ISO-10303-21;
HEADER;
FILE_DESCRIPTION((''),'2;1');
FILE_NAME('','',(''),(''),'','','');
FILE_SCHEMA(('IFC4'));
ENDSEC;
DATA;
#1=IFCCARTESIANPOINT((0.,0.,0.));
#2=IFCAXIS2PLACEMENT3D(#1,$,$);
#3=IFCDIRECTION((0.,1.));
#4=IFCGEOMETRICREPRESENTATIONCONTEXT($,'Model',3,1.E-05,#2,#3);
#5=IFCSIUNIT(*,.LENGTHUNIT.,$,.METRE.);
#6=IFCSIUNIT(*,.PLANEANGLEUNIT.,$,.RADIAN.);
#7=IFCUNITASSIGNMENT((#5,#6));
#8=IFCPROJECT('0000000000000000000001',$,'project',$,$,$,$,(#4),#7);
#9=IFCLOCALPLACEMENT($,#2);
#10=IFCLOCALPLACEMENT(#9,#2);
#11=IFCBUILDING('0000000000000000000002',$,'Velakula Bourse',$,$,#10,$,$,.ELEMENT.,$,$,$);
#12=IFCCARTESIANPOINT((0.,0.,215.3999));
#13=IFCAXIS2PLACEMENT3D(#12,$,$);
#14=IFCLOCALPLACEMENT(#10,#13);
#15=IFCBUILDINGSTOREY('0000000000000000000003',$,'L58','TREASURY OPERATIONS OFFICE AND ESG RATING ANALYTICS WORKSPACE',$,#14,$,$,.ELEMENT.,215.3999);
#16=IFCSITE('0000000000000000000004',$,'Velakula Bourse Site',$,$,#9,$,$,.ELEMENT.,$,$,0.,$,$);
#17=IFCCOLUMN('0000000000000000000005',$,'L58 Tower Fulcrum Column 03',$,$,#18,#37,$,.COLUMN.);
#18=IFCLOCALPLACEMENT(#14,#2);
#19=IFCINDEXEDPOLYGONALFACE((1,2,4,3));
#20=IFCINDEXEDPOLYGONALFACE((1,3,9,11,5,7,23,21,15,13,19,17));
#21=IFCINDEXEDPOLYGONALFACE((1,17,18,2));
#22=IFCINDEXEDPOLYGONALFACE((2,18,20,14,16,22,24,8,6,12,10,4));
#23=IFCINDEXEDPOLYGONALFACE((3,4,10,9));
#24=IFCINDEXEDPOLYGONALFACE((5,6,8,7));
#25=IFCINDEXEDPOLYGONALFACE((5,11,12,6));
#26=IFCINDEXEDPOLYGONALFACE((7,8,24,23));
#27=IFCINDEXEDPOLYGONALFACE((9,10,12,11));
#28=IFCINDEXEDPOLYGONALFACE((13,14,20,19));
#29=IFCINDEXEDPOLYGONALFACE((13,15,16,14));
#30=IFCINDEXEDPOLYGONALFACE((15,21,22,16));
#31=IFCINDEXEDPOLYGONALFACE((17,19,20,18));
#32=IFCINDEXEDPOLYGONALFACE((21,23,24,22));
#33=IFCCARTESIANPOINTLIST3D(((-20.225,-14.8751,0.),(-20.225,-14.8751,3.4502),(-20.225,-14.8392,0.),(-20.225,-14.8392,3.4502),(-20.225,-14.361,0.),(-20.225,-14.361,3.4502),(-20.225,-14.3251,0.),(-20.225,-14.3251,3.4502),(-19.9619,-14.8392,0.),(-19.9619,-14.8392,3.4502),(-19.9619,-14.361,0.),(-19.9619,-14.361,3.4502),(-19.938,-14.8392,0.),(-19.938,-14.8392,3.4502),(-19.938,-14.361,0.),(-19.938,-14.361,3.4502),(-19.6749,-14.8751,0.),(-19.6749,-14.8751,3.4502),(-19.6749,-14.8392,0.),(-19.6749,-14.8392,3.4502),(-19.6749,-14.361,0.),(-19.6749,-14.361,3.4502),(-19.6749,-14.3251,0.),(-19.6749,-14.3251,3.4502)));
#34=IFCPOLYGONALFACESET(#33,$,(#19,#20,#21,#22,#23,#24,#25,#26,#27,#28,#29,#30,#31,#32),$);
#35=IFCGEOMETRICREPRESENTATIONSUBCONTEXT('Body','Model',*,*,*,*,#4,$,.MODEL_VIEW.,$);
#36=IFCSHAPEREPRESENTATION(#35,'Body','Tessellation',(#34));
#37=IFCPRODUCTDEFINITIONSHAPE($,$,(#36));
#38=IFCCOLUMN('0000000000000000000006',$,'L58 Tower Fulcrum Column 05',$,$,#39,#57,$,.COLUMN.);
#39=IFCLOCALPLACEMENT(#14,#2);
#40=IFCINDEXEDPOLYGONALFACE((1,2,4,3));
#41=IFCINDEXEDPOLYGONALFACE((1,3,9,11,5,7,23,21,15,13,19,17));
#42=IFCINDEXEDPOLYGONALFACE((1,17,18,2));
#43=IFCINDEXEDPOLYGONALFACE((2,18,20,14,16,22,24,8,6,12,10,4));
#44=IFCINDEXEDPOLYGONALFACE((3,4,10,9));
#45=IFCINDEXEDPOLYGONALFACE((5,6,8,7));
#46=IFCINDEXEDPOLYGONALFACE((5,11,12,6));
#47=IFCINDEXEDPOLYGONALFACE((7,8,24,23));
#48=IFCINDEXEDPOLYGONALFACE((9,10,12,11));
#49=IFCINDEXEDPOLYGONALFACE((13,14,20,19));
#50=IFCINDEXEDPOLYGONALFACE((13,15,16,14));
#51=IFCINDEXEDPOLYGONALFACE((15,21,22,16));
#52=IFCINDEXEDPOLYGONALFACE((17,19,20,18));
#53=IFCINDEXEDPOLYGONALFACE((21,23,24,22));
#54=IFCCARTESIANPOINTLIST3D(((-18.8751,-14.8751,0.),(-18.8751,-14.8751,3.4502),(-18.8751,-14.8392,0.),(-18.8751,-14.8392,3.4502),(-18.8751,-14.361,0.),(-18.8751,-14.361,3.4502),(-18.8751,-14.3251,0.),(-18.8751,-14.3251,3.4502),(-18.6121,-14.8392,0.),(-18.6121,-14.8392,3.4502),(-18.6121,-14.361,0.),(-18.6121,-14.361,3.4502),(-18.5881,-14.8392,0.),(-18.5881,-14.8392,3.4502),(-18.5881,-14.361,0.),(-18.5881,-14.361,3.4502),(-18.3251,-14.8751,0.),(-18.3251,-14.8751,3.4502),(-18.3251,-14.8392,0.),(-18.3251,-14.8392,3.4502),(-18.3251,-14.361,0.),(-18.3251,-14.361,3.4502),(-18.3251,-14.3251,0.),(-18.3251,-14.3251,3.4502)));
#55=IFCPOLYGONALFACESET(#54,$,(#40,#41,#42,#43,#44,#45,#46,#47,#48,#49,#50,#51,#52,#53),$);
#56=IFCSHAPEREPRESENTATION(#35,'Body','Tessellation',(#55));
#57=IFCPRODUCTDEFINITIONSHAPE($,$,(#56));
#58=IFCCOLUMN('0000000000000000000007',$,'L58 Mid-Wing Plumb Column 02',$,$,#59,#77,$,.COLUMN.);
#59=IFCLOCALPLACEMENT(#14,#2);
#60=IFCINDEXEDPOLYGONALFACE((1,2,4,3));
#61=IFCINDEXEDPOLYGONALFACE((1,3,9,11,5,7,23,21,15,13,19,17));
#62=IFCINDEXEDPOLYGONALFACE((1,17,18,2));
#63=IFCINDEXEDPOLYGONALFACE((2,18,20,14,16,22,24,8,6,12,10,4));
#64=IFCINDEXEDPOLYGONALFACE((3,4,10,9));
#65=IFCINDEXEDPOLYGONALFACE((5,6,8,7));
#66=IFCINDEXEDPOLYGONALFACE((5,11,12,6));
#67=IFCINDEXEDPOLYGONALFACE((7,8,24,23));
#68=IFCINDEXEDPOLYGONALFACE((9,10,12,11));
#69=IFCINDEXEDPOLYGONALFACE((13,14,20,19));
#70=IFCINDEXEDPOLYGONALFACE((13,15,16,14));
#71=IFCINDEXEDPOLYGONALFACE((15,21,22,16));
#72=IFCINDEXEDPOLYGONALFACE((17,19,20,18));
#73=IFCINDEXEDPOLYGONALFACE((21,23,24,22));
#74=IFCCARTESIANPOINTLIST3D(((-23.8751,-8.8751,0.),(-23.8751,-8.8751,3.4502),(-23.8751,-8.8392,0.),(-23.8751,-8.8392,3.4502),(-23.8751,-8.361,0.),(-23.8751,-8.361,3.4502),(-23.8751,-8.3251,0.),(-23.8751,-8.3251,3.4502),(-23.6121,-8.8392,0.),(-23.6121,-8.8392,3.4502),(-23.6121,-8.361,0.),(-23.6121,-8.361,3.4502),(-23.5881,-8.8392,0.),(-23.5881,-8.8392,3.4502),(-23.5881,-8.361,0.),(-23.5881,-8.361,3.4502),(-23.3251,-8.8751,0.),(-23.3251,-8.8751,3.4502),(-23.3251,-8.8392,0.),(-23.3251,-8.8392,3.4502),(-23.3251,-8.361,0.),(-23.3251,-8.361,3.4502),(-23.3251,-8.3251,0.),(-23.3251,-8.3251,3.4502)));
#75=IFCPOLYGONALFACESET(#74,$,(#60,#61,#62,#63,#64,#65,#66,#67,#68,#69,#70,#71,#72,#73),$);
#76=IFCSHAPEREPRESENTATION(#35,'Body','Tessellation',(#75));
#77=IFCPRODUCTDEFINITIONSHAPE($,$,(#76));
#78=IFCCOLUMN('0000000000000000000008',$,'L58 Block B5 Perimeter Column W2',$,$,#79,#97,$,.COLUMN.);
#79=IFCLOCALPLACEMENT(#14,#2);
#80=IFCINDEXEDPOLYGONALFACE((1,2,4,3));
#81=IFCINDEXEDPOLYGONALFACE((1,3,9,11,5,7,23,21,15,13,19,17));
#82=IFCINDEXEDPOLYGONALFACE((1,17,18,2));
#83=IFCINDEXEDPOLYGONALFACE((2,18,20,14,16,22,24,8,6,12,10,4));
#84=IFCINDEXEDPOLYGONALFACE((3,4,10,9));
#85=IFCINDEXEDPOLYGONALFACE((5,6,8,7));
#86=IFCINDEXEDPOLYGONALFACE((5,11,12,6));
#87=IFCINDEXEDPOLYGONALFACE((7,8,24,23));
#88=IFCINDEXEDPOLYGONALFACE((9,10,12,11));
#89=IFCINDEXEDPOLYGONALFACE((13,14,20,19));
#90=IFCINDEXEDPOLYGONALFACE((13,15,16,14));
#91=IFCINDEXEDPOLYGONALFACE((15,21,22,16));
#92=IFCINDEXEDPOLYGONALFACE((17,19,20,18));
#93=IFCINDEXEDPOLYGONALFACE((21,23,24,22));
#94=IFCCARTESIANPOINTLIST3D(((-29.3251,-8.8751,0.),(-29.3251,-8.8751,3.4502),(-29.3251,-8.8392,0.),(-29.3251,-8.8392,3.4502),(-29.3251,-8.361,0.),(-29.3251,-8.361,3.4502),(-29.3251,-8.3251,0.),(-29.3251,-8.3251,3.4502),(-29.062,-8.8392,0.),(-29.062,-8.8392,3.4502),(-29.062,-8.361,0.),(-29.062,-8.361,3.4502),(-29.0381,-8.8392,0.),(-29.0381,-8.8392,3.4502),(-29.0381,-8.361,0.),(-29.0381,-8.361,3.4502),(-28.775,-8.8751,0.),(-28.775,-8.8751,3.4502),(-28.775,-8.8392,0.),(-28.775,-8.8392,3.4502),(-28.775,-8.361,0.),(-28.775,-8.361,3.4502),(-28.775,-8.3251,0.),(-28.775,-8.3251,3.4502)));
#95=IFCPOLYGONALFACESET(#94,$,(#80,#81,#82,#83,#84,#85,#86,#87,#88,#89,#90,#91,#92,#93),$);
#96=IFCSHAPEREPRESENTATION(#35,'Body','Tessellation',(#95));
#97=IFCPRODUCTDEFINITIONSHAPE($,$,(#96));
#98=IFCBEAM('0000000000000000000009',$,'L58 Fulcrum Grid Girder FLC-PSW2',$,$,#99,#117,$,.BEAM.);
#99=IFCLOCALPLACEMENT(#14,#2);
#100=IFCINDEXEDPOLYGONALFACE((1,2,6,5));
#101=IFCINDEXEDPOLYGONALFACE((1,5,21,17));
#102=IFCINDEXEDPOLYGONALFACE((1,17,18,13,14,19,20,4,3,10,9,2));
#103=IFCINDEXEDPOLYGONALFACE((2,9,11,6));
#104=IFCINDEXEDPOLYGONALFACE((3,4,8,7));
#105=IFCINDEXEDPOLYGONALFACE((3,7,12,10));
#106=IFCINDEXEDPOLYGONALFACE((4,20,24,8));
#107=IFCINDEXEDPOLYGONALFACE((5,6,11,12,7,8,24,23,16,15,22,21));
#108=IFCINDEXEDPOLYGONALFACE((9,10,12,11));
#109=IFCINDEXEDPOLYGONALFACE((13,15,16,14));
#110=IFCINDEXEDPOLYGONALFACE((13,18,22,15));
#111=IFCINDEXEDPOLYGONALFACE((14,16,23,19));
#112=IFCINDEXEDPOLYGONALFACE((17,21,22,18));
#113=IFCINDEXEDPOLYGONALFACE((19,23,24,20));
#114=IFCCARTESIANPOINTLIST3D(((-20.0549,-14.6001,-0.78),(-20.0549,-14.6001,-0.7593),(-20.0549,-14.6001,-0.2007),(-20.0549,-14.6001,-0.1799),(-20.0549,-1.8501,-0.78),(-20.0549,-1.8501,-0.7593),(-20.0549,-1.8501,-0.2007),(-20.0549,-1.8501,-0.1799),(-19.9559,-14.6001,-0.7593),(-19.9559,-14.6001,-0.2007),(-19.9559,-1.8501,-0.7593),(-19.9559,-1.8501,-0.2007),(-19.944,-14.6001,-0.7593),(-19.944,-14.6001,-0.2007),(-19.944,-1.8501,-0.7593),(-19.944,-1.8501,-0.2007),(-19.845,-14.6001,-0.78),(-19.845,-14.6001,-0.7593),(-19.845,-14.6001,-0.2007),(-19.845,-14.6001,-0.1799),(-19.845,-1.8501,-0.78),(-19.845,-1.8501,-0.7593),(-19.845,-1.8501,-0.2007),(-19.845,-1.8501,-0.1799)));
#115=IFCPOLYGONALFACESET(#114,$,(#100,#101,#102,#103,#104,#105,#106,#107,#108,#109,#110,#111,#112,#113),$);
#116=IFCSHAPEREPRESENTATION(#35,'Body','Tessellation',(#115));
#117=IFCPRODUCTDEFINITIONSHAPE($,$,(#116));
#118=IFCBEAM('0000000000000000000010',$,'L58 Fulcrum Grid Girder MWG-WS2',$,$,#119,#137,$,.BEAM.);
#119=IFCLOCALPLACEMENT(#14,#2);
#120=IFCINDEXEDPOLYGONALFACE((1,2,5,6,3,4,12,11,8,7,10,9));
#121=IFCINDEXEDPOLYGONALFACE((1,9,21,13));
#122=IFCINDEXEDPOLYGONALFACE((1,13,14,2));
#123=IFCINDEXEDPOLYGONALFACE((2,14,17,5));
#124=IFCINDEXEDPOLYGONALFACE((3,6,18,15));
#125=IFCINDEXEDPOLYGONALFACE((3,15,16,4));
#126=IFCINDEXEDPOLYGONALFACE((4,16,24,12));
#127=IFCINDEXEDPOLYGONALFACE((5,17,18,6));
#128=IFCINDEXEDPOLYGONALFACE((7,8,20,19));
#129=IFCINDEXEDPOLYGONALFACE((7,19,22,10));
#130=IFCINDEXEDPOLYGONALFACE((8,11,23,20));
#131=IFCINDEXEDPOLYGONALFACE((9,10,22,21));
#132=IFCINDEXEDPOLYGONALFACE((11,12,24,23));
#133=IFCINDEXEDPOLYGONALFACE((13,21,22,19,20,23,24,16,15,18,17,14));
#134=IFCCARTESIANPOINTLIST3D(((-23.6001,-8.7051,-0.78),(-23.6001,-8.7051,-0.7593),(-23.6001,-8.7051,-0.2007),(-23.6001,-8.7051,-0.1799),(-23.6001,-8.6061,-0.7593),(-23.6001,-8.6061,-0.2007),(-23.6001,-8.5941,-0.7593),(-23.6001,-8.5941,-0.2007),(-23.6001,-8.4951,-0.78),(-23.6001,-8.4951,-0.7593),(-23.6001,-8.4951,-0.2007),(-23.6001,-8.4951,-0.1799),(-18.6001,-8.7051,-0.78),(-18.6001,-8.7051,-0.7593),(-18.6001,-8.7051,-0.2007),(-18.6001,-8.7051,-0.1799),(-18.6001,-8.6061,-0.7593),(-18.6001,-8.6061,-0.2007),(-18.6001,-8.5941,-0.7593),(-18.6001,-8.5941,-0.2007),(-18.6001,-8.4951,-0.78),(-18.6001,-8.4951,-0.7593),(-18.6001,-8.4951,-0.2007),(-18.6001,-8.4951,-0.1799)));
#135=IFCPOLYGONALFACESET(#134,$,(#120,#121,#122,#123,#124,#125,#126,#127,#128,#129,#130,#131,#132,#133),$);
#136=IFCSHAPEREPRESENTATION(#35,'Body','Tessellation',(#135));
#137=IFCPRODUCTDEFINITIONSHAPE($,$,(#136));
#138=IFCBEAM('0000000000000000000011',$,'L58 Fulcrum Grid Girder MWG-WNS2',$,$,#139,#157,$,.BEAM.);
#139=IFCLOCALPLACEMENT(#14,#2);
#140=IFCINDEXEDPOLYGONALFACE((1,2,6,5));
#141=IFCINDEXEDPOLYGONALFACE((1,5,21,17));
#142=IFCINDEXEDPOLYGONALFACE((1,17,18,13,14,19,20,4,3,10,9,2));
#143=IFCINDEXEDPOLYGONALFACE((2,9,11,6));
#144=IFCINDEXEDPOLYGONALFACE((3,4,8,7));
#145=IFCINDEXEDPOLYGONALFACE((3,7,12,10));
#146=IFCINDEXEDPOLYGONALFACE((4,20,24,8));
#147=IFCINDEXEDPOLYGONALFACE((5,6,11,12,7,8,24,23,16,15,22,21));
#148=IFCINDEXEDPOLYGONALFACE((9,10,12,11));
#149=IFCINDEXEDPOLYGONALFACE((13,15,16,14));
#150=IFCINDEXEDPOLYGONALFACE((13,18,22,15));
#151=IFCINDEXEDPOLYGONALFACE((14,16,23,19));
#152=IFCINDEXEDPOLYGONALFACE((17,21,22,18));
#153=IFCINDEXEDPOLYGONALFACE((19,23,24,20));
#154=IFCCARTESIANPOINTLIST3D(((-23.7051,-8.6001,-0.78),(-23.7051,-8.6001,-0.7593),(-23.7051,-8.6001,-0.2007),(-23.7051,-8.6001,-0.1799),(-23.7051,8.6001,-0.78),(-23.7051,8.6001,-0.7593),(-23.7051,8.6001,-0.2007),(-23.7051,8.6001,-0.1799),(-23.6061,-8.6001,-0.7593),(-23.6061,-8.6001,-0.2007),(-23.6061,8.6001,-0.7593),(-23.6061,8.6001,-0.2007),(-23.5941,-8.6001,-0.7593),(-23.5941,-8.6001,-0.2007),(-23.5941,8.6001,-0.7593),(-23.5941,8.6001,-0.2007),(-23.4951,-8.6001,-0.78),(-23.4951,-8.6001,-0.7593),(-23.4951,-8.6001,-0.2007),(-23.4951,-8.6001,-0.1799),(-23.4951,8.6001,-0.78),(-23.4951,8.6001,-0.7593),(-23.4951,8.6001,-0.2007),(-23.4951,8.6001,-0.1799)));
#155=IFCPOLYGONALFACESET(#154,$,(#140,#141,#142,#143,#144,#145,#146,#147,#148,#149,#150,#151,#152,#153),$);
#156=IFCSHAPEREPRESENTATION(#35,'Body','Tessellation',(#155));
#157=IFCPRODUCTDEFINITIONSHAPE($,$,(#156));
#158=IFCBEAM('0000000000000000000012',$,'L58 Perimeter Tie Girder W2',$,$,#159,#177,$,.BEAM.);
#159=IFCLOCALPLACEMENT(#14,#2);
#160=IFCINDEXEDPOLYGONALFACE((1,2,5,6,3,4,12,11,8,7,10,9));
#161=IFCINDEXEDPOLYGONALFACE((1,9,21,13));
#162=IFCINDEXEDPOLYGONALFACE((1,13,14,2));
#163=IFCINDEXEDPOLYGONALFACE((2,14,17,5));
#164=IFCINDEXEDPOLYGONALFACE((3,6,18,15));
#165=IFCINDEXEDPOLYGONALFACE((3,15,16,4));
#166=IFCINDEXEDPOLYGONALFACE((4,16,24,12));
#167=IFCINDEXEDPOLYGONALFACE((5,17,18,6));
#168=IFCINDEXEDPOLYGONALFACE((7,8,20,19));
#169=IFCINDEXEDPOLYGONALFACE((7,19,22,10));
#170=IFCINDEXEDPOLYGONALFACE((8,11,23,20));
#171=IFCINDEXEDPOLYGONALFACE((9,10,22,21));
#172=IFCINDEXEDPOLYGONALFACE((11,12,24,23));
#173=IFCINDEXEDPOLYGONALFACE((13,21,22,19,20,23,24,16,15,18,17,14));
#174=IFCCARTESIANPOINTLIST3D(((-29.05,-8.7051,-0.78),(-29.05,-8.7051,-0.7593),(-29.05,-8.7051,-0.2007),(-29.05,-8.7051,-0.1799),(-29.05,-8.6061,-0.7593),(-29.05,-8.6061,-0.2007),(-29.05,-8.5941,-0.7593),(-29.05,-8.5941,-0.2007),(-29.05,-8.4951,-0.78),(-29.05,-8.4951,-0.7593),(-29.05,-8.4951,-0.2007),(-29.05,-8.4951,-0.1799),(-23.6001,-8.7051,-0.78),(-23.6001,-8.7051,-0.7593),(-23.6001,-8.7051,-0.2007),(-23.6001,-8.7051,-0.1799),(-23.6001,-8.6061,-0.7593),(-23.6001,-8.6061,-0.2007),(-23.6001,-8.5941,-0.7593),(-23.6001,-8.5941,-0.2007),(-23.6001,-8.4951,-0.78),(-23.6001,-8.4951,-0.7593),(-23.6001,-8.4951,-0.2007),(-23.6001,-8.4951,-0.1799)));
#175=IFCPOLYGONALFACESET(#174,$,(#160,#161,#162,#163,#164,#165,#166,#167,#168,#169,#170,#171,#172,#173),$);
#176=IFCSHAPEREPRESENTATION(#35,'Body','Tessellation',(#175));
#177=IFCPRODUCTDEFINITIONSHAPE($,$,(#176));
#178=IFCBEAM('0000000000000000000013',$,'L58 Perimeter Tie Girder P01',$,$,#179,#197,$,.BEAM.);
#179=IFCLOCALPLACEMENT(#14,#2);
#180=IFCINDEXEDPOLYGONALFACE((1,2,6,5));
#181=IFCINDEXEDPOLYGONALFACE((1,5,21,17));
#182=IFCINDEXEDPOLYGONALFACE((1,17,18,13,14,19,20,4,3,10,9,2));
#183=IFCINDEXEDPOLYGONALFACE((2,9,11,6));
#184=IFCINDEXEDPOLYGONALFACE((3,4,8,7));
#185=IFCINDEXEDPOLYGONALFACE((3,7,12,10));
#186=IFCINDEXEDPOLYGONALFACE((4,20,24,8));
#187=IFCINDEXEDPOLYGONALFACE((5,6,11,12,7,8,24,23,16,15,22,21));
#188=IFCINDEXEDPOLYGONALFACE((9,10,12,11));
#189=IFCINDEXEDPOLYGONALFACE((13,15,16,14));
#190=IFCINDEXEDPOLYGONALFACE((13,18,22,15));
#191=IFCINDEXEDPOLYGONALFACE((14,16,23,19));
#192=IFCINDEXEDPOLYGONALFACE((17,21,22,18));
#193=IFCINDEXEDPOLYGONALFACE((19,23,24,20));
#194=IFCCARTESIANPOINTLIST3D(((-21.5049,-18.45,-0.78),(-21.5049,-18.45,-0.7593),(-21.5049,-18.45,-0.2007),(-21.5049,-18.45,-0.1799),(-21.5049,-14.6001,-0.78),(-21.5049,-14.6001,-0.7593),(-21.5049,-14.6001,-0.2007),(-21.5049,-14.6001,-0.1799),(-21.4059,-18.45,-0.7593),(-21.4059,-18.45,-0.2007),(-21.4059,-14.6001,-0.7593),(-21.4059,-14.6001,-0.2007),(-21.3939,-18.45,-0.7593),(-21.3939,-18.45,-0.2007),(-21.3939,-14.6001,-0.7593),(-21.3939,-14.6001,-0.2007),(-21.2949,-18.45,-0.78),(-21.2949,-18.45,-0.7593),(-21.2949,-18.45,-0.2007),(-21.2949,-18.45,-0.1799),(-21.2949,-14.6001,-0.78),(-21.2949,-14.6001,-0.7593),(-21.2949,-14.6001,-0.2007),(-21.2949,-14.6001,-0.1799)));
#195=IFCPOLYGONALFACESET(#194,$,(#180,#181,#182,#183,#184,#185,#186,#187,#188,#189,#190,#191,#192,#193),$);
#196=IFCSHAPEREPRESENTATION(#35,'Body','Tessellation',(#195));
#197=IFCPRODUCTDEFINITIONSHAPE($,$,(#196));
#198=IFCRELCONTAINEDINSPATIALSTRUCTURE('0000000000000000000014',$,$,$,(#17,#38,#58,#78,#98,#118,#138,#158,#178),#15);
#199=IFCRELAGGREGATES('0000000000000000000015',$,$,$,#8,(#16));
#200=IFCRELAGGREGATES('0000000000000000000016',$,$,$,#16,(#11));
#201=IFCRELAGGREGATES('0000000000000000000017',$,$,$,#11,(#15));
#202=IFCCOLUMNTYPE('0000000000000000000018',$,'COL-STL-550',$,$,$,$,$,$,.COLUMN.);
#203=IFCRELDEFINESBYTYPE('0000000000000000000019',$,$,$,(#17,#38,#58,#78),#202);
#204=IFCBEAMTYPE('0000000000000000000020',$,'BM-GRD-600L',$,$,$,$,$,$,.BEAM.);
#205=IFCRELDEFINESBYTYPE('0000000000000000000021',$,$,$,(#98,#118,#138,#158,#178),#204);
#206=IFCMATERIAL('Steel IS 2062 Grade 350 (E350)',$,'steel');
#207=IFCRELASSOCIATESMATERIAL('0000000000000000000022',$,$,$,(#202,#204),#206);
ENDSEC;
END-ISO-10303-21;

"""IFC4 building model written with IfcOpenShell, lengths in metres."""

from ifc_helpers import new_model, si_unit, direction, frame, origin, origin_2d, place, context, subcontext, project, spatial, i_section, extrude, material, material_profile, profile_set, type_object, element, save


model = new_model("IFC4")

# Units and contexts
model_context = context("Model", 3, precision=1e-05, world=origin(), true_north=direction((0.0, 1.0)))
body_context = subcontext(model_context, "Body", "Model", "MODEL_VIEW")
ifc_project = project(units=[si_unit("LENGTHUNIT", "METRE"), si_unit("PLANEANGLEUNIT", "RADIAN")], contexts=[model_context])

# Site, building, storey
site_placement = place(None, origin())
site = spatial("IfcSite", under=ifc_project, at=site_placement, Name="Velakula Bourse Site", CompositionType="ELEMENT", RefElevation=0.0)
building_placement = place(site_placement, origin())
building = spatial("IfcBuilding", under=site, at=building_placement, Name="Velakula Bourse", CompositionType="ELEMENT")
storey_placement = place(building_placement, frame((0.0, 0.0, 215.3999)))
storey = spatial("IfcBuildingStorey", under=building, at=storey_placement, Name="L58", Description="TREASURY OPERATIONS OFFICE AND ESG RATING ANALYTICS WORKSPACE", CompositionType="ELEMENT", Elevation=215.3999)

# Columns
ifc_material_1 = material(Name="Steel IS 2062 Grade 350 (E350)", Category="steel")
ifc_material_profile_1 = material_profile(ifc_material_1, i_section(OverallWidth=0.55, OverallDepth=0.55, WebThickness=0.0239, FlangeThickness=0.0359, at=origin_2d()), Name="Steel IS 2062 Grade 350 (E350)")
ifc_profile_set_1 = profile_set([ifc_material_profile_1], Name="Steel IS 2062 Grade 350 (E350)")
column_type = type_object("IfcColumnType", Name="COL-STL-550", PredefinedType="COLUMN", material=ifc_profile_set_1)
for number, where, z_axis, x_axis, name in (
    (1, (-19.95, -14.6001, 0.0), (0.0, 0.0, 1.0), (1.0, 0.0, 0.0), "L58 Tower Fulcrum Column 03"),
    (2, (-18.6001, -14.6001, 0.0), (0.0, 0.0, 1.0), (1.0, 0.0, 0.0), "L58 Tower Fulcrum Column 05"),
    (3, (-23.6001, -8.6001, 0.0), (0.0, 0.0, 1.0), (1.0, 0.0, 0.0), "L58 Mid-Wing Plumb Column 02"),
    (4, (-29.05, -8.6001, 0.0), (0.0, 0.0, 1.0), (1.0, 0.0, 0.0), "L58 Block B5 Perimeter Column W2"),
):
    element("IfcColumn", number, at=place(storey_placement, frame(where, z_axis=z_axis, x_axis=x_axis)), inside=storey, type_object=column_type, Name=name, PredefinedType="COLUMN", context=body_context, shape_type="SweptSolid", body=[
        extrude(i_section(OverallWidth=0.55, OverallDepth=0.55, WebThickness=0.0239, FlangeThickness=0.0359, at=origin_2d()), origin(), (0.0, 0.0, 1.0), 3.4502),
    ])

# Beams
ifc_material_profile_2 = material_profile(ifc_material_1, i_section(OverallWidth=0.21, OverallDepth=0.6001, WebThickness=0.012, FlangeThickness=0.0208, at=origin_2d()), Name="Steel IS 2062 Grade 350 (E350)")
ifc_profile_set_2 = profile_set([ifc_material_profile_2], Name="Steel IS 2062 Grade 350 (E350)")
beam_type_1 = type_object("IfcBeamType", Name="BM-GRD-600L", PredefinedType="BEAM", material=ifc_profile_set_2)
beam_1_placement = place(storey_placement, frame((-19.95, -14.6001, -0.48), z_axis=(0.0, 1.0, 0.0), x_axis=(-1.0, 0.0, 0.0)))
element("IfcBeam", 5, at=beam_1_placement, inside=storey, type_object=beam_type_1, Name="L58 Fulcrum Grid Girder FLC-PSW2", PredefinedType="BEAM", context=body_context, shape_type="SweptSolid", body=[
    extrude(i_section(OverallWidth=0.21, OverallDepth=0.6001, WebThickness=0.012, FlangeThickness=0.0208, at=origin_2d()), origin(), (0.0, 0.0, 1.0), 12.75),
])
beam_2_placement = place(storey_placement, frame((-23.6001, -8.6001, -0.48), z_axis=(1.0, 0.0, 0.0), x_axis=(0.0, 1.0, 0.0)))
element("IfcBeam", 6, at=beam_2_placement, inside=storey, type_object=beam_type_1, Name="L58 Fulcrum Grid Girder MWG-WS2", PredefinedType="BEAM", context=body_context, shape_type="SweptSolid", body=[
    extrude(i_section(OverallWidth=0.21, OverallDepth=0.6001, WebThickness=0.012, FlangeThickness=0.0208, at=origin_2d()), origin(), (0.0, 0.0, 1.0), 5.0),
])
beam_3_placement = place(storey_placement, frame((-23.6001, -8.6001, -0.48), z_axis=(0.0, 1.0, 0.0), x_axis=(-1.0, 0.0, 0.0)))
element("IfcBeam", 7, at=beam_3_placement, inside=storey, type_object=beam_type_1, Name="L58 Fulcrum Grid Girder MWG-WNS2", PredefinedType="BEAM", context=body_context, shape_type="SweptSolid", body=[
    extrude(i_section(OverallWidth=0.21, OverallDepth=0.6001, WebThickness=0.012, FlangeThickness=0.0208, at=origin_2d()), origin(), (0.0, 0.0, 1.0), 17.2002),
])
beam_4_placement = place(storey_placement, frame((-23.6001, -8.6001, -0.48), z_axis=(-1.0, 0.0, 0.0), x_axis=(0.0, -1.0, 0.0)))
element("IfcBeam", 8, at=beam_4_placement, inside=storey, type_object=beam_type_1, Name="L58 Perimeter Tie Girder W2", PredefinedType="BEAM", context=body_context, shape_type="SweptSolid", body=[
    extrude(i_section(OverallWidth=0.21, OverallDepth=0.6001, WebThickness=0.012, FlangeThickness=0.0208, at=origin_2d()), origin(), (0.0, 0.0, 1.0), 5.45),
])
for number, where, z_axis, x_axis, name in (
    (9, (-21.3999, -14.6001, -0.48), (0.0, -1.0, 0.0), (1.0, 0.0, 0.0), "L58 Perimeter Tie Girder P01"),
):
    element("IfcBeam", number, at=place(storey_placement, frame(where, z_axis=z_axis, x_axis=x_axis)), inside=storey, type_object=beam_type_1, Name=name, PredefinedType="BEAM", context=body_context, shape_type="SweptSolid", body=[
        extrude(i_section(OverallWidth=0.21, OverallDepth=0.6001, WebThickness=0.012, FlangeThickness=0.0208, at=origin_2d()), origin(), (0.0, 0.0, 1.0), 3.8499),
    ])

save(model, "model.ifc")
